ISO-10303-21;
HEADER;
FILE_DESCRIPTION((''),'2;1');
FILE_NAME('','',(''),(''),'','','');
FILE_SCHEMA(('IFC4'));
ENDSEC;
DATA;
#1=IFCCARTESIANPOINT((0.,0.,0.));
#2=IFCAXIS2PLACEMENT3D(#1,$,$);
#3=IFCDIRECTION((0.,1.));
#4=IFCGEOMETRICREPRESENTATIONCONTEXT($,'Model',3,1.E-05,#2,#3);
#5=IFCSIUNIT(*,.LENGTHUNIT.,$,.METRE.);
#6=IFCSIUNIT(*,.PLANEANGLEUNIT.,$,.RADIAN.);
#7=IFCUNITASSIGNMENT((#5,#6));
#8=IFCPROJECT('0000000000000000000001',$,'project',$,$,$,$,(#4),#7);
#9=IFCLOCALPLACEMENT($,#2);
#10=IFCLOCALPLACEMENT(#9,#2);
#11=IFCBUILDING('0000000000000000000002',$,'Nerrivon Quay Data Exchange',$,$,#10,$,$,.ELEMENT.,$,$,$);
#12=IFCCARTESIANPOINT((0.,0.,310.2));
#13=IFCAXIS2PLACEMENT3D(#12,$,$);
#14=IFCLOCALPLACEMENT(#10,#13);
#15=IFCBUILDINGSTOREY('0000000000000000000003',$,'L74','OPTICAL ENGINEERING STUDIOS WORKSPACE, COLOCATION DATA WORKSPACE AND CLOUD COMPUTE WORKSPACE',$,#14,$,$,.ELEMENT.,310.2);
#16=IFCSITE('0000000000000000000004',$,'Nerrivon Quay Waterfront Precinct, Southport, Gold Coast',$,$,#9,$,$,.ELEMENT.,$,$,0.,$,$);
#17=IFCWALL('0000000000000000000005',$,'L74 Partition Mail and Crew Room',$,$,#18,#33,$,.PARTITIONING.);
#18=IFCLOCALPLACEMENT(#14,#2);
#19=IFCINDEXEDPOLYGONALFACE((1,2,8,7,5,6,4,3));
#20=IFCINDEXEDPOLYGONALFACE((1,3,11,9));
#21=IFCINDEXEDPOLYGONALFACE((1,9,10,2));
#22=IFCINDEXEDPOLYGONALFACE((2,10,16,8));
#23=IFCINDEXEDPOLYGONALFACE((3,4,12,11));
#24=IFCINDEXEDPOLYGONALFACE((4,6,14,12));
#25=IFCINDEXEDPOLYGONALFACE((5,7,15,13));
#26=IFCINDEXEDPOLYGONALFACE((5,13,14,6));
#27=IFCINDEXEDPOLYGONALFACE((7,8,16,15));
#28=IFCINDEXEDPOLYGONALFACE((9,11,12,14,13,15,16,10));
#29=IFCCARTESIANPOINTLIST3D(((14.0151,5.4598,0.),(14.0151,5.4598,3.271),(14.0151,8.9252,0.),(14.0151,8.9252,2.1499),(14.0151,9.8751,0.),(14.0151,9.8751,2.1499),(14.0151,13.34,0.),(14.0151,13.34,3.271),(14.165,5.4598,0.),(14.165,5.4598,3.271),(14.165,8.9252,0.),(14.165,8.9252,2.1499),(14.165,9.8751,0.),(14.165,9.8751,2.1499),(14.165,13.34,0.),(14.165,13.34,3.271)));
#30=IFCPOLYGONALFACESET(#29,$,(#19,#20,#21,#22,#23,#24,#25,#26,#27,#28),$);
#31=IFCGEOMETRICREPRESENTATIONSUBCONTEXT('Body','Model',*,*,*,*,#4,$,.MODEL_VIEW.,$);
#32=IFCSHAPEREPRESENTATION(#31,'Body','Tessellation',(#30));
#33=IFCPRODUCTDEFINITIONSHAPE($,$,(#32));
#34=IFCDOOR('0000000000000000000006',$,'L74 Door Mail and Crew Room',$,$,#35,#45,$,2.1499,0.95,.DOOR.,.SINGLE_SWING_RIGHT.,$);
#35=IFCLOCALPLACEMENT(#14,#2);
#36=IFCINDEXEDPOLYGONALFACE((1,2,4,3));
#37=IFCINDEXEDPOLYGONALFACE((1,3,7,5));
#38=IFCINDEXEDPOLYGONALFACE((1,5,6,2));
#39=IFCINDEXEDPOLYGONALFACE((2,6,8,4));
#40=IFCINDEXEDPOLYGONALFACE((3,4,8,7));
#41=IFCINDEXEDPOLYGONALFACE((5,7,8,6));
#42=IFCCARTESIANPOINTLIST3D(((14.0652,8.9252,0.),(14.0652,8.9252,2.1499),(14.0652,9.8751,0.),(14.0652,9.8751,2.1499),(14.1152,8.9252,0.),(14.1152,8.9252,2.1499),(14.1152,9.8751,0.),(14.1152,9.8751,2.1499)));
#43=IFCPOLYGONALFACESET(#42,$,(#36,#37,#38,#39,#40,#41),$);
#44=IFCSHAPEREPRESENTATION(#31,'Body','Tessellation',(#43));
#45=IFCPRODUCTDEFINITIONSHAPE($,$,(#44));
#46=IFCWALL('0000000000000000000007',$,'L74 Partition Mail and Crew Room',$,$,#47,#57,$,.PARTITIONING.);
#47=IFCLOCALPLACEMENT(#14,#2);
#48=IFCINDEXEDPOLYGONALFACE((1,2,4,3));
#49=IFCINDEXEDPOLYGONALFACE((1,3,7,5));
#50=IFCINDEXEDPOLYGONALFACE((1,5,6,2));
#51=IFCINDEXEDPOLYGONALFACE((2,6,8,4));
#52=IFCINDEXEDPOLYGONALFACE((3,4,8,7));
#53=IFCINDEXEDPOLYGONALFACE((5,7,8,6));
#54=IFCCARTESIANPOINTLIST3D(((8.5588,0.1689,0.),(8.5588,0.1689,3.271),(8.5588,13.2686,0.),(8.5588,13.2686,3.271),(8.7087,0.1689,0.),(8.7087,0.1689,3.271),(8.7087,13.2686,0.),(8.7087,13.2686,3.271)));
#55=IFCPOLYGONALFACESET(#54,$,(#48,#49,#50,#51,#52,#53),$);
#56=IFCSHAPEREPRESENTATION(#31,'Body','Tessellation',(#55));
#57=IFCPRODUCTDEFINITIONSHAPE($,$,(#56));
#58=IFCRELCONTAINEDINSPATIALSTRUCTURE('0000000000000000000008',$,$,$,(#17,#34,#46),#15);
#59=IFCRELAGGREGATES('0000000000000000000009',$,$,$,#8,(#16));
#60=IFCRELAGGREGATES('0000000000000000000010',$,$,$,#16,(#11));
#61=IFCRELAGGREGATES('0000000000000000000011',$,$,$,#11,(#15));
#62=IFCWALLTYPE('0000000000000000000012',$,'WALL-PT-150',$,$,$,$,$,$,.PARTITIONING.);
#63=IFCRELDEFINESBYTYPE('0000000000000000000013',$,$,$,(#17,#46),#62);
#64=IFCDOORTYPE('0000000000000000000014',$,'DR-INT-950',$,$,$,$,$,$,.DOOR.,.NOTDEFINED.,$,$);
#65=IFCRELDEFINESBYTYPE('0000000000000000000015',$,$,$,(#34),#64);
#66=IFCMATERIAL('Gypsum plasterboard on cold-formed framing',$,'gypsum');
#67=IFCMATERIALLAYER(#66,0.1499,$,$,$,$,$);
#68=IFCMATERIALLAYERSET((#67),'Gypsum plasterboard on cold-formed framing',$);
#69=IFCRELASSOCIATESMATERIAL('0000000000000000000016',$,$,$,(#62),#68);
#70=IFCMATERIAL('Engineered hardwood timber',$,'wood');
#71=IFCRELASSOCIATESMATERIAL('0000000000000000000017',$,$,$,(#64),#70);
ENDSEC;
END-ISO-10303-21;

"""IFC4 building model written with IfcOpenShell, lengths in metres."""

from ifc_helpers import new_model, si_unit, direction, frame, frame_2d, origin, place, context, subcontext, project, spatial, rectangle, extrude, material, layer, layer_set, type_object, element, fill, save


model = new_model("IFC4")

# Units and contexts
model_context = context("Model", 3, precision=1e-05, world=origin(), true_north=direction((0.0, 1.0)))
body_context = subcontext(model_context, "Body", "Model", "MODEL_VIEW")
ifc_project = project(units=[si_unit("LENGTHUNIT", "METRE"), si_unit("PLANEANGLEUNIT", "RADIAN")], contexts=[model_context])

# Site, building, storey
site_placement = place(None, origin())
site = spatial("IfcSite", under=ifc_project, at=site_placement, Name="Nerrivon Quay Waterfront Precinct, Southport, Gold Coast", CompositionType="ELEMENT", RefElevation=0.0)
building_placement = place(site_placement, origin())
building = spatial("IfcBuilding", under=site, at=building_placement, Name="Nerrivon Quay Data Exchange", CompositionType="ELEMENT")
storey_placement = place(building_placement, frame((0.0, 0.0, 310.2)))
storey = spatial("IfcBuildingStorey", under=building, at=storey_placement, Name="L74", Description="OPTICAL ENGINEERING STUDIOS WORKSPACE, COLOCATION DATA WORKSPACE AND CLOUD COMPUTE WORKSPACE", CompositionType="ELEMENT", Elevation=310.2)

# Shared definitions
ifc_material_1 = material(Name="Gypsum plasterboard on cold-formed framing", Category="gypsum")
ifc_material_2 = material(Name="Engineered hardwood timber", Category="wood")

# Wall, opening, door
ifc_layer_1 = layer(ifc_material_1, 0.1499)
ifc_layer_set_1 = layer_set([ifc_layer_1], Name="Gypsum plasterboard on cold-formed framing")
wall_type_1 = type_object("IfcWallType", Name="WALL-PT-150", PredefinedType="PARTITIONING", material=ifc_layer_set_1)
door_type_1 = type_object("IfcDoorType", Name="DR-INT-950", OperationType="NOTDEFINED", PredefinedType="DOOR", material=ifc_material_2)
wall_1_placement = place(storey_placement, frame((14.0901, 5.46, 0.0), z_axis=(0.0, 0.0, 1.0), x_axis=(0.0, 1.0, 0.0)))
wall_1 = element("IfcWall", 1, at=wall_1_placement, inside=storey, type_object=wall_type_1, Name="L74 Partition Mail and Crew Room", PredefinedType="PARTITIONING", context=body_context, shape_type="SweptSolid", body=[
    extrude(rectangle(XDim=7.8801, YDim=0.1499, at=frame_2d((3.9399, 0.0))), origin(), (0.0, 0.0, 1.0), 3.271),
])
opening_1_placement = place(wall_1_placement, frame((3.4651, 0.0, 0.0)))
opening_1 = element("IfcOpeningElement", 2, at=opening_1_placement, cuts=wall_1, PredefinedType="OPENING", context=body_context, shape_type="SweptSolid", body=[
    extrude(rectangle(XDim=0.95, YDim=2.1499, at=frame_2d((0.4751, 1.075))), frame((0.0, 0.085, 0.0), z_axis=(0.0, -1.0, 0.0), x_axis=(1.0, 0.0, 0.0)), (0.0, 0.0, 1.0), 0.1699),
])
door_1_placement = place(opening_1_placement, origin())
door_1 = element("IfcDoor", 3, at=door_1_placement, inside=storey, type_object=door_type_1, Name="L74 Door Mail and Crew Room", OperationType="SINGLE_SWING_RIGHT", OverallHeight=2.1499, OverallWidth=0.95, PredefinedType="DOOR", context=body_context, shape_type="SweptSolid", body=[
    extrude(rectangle(XDim=0.95, YDim=2.1499, at=frame_2d((0.4751, 1.075))), frame((0.0, 0.0249, 0.0), z_axis=(0.0, -1.0, 0.0), x_axis=(1.0, 0.0, 0.0)), (0.0, 0.0, 1.0), 0.05),
])
fill(opening_1, door_1)

# Wall
wall_2_placement = place(storey_placement, frame((8.6338, 13.2686, 0.0), z_axis=(0.0, 0.0, 1.0), x_axis=(0.0, -1.0, 0.0)))
element("IfcWall", 4, at=wall_2_placement, inside=storey, type_object=wall_type_1, Name="L74 Partition Mail and Crew Room", PredefinedType="PARTITIONING", context=body_context, shape_type="SweptSolid", body=[
    extrude(rectangle(XDim=13.0996, YDim=0.1499, at=frame_2d((6.5498, 0.0))), origin(), (0.0, 0.0, 1.0), 3.271),
])

save(model, "model.ifc")
